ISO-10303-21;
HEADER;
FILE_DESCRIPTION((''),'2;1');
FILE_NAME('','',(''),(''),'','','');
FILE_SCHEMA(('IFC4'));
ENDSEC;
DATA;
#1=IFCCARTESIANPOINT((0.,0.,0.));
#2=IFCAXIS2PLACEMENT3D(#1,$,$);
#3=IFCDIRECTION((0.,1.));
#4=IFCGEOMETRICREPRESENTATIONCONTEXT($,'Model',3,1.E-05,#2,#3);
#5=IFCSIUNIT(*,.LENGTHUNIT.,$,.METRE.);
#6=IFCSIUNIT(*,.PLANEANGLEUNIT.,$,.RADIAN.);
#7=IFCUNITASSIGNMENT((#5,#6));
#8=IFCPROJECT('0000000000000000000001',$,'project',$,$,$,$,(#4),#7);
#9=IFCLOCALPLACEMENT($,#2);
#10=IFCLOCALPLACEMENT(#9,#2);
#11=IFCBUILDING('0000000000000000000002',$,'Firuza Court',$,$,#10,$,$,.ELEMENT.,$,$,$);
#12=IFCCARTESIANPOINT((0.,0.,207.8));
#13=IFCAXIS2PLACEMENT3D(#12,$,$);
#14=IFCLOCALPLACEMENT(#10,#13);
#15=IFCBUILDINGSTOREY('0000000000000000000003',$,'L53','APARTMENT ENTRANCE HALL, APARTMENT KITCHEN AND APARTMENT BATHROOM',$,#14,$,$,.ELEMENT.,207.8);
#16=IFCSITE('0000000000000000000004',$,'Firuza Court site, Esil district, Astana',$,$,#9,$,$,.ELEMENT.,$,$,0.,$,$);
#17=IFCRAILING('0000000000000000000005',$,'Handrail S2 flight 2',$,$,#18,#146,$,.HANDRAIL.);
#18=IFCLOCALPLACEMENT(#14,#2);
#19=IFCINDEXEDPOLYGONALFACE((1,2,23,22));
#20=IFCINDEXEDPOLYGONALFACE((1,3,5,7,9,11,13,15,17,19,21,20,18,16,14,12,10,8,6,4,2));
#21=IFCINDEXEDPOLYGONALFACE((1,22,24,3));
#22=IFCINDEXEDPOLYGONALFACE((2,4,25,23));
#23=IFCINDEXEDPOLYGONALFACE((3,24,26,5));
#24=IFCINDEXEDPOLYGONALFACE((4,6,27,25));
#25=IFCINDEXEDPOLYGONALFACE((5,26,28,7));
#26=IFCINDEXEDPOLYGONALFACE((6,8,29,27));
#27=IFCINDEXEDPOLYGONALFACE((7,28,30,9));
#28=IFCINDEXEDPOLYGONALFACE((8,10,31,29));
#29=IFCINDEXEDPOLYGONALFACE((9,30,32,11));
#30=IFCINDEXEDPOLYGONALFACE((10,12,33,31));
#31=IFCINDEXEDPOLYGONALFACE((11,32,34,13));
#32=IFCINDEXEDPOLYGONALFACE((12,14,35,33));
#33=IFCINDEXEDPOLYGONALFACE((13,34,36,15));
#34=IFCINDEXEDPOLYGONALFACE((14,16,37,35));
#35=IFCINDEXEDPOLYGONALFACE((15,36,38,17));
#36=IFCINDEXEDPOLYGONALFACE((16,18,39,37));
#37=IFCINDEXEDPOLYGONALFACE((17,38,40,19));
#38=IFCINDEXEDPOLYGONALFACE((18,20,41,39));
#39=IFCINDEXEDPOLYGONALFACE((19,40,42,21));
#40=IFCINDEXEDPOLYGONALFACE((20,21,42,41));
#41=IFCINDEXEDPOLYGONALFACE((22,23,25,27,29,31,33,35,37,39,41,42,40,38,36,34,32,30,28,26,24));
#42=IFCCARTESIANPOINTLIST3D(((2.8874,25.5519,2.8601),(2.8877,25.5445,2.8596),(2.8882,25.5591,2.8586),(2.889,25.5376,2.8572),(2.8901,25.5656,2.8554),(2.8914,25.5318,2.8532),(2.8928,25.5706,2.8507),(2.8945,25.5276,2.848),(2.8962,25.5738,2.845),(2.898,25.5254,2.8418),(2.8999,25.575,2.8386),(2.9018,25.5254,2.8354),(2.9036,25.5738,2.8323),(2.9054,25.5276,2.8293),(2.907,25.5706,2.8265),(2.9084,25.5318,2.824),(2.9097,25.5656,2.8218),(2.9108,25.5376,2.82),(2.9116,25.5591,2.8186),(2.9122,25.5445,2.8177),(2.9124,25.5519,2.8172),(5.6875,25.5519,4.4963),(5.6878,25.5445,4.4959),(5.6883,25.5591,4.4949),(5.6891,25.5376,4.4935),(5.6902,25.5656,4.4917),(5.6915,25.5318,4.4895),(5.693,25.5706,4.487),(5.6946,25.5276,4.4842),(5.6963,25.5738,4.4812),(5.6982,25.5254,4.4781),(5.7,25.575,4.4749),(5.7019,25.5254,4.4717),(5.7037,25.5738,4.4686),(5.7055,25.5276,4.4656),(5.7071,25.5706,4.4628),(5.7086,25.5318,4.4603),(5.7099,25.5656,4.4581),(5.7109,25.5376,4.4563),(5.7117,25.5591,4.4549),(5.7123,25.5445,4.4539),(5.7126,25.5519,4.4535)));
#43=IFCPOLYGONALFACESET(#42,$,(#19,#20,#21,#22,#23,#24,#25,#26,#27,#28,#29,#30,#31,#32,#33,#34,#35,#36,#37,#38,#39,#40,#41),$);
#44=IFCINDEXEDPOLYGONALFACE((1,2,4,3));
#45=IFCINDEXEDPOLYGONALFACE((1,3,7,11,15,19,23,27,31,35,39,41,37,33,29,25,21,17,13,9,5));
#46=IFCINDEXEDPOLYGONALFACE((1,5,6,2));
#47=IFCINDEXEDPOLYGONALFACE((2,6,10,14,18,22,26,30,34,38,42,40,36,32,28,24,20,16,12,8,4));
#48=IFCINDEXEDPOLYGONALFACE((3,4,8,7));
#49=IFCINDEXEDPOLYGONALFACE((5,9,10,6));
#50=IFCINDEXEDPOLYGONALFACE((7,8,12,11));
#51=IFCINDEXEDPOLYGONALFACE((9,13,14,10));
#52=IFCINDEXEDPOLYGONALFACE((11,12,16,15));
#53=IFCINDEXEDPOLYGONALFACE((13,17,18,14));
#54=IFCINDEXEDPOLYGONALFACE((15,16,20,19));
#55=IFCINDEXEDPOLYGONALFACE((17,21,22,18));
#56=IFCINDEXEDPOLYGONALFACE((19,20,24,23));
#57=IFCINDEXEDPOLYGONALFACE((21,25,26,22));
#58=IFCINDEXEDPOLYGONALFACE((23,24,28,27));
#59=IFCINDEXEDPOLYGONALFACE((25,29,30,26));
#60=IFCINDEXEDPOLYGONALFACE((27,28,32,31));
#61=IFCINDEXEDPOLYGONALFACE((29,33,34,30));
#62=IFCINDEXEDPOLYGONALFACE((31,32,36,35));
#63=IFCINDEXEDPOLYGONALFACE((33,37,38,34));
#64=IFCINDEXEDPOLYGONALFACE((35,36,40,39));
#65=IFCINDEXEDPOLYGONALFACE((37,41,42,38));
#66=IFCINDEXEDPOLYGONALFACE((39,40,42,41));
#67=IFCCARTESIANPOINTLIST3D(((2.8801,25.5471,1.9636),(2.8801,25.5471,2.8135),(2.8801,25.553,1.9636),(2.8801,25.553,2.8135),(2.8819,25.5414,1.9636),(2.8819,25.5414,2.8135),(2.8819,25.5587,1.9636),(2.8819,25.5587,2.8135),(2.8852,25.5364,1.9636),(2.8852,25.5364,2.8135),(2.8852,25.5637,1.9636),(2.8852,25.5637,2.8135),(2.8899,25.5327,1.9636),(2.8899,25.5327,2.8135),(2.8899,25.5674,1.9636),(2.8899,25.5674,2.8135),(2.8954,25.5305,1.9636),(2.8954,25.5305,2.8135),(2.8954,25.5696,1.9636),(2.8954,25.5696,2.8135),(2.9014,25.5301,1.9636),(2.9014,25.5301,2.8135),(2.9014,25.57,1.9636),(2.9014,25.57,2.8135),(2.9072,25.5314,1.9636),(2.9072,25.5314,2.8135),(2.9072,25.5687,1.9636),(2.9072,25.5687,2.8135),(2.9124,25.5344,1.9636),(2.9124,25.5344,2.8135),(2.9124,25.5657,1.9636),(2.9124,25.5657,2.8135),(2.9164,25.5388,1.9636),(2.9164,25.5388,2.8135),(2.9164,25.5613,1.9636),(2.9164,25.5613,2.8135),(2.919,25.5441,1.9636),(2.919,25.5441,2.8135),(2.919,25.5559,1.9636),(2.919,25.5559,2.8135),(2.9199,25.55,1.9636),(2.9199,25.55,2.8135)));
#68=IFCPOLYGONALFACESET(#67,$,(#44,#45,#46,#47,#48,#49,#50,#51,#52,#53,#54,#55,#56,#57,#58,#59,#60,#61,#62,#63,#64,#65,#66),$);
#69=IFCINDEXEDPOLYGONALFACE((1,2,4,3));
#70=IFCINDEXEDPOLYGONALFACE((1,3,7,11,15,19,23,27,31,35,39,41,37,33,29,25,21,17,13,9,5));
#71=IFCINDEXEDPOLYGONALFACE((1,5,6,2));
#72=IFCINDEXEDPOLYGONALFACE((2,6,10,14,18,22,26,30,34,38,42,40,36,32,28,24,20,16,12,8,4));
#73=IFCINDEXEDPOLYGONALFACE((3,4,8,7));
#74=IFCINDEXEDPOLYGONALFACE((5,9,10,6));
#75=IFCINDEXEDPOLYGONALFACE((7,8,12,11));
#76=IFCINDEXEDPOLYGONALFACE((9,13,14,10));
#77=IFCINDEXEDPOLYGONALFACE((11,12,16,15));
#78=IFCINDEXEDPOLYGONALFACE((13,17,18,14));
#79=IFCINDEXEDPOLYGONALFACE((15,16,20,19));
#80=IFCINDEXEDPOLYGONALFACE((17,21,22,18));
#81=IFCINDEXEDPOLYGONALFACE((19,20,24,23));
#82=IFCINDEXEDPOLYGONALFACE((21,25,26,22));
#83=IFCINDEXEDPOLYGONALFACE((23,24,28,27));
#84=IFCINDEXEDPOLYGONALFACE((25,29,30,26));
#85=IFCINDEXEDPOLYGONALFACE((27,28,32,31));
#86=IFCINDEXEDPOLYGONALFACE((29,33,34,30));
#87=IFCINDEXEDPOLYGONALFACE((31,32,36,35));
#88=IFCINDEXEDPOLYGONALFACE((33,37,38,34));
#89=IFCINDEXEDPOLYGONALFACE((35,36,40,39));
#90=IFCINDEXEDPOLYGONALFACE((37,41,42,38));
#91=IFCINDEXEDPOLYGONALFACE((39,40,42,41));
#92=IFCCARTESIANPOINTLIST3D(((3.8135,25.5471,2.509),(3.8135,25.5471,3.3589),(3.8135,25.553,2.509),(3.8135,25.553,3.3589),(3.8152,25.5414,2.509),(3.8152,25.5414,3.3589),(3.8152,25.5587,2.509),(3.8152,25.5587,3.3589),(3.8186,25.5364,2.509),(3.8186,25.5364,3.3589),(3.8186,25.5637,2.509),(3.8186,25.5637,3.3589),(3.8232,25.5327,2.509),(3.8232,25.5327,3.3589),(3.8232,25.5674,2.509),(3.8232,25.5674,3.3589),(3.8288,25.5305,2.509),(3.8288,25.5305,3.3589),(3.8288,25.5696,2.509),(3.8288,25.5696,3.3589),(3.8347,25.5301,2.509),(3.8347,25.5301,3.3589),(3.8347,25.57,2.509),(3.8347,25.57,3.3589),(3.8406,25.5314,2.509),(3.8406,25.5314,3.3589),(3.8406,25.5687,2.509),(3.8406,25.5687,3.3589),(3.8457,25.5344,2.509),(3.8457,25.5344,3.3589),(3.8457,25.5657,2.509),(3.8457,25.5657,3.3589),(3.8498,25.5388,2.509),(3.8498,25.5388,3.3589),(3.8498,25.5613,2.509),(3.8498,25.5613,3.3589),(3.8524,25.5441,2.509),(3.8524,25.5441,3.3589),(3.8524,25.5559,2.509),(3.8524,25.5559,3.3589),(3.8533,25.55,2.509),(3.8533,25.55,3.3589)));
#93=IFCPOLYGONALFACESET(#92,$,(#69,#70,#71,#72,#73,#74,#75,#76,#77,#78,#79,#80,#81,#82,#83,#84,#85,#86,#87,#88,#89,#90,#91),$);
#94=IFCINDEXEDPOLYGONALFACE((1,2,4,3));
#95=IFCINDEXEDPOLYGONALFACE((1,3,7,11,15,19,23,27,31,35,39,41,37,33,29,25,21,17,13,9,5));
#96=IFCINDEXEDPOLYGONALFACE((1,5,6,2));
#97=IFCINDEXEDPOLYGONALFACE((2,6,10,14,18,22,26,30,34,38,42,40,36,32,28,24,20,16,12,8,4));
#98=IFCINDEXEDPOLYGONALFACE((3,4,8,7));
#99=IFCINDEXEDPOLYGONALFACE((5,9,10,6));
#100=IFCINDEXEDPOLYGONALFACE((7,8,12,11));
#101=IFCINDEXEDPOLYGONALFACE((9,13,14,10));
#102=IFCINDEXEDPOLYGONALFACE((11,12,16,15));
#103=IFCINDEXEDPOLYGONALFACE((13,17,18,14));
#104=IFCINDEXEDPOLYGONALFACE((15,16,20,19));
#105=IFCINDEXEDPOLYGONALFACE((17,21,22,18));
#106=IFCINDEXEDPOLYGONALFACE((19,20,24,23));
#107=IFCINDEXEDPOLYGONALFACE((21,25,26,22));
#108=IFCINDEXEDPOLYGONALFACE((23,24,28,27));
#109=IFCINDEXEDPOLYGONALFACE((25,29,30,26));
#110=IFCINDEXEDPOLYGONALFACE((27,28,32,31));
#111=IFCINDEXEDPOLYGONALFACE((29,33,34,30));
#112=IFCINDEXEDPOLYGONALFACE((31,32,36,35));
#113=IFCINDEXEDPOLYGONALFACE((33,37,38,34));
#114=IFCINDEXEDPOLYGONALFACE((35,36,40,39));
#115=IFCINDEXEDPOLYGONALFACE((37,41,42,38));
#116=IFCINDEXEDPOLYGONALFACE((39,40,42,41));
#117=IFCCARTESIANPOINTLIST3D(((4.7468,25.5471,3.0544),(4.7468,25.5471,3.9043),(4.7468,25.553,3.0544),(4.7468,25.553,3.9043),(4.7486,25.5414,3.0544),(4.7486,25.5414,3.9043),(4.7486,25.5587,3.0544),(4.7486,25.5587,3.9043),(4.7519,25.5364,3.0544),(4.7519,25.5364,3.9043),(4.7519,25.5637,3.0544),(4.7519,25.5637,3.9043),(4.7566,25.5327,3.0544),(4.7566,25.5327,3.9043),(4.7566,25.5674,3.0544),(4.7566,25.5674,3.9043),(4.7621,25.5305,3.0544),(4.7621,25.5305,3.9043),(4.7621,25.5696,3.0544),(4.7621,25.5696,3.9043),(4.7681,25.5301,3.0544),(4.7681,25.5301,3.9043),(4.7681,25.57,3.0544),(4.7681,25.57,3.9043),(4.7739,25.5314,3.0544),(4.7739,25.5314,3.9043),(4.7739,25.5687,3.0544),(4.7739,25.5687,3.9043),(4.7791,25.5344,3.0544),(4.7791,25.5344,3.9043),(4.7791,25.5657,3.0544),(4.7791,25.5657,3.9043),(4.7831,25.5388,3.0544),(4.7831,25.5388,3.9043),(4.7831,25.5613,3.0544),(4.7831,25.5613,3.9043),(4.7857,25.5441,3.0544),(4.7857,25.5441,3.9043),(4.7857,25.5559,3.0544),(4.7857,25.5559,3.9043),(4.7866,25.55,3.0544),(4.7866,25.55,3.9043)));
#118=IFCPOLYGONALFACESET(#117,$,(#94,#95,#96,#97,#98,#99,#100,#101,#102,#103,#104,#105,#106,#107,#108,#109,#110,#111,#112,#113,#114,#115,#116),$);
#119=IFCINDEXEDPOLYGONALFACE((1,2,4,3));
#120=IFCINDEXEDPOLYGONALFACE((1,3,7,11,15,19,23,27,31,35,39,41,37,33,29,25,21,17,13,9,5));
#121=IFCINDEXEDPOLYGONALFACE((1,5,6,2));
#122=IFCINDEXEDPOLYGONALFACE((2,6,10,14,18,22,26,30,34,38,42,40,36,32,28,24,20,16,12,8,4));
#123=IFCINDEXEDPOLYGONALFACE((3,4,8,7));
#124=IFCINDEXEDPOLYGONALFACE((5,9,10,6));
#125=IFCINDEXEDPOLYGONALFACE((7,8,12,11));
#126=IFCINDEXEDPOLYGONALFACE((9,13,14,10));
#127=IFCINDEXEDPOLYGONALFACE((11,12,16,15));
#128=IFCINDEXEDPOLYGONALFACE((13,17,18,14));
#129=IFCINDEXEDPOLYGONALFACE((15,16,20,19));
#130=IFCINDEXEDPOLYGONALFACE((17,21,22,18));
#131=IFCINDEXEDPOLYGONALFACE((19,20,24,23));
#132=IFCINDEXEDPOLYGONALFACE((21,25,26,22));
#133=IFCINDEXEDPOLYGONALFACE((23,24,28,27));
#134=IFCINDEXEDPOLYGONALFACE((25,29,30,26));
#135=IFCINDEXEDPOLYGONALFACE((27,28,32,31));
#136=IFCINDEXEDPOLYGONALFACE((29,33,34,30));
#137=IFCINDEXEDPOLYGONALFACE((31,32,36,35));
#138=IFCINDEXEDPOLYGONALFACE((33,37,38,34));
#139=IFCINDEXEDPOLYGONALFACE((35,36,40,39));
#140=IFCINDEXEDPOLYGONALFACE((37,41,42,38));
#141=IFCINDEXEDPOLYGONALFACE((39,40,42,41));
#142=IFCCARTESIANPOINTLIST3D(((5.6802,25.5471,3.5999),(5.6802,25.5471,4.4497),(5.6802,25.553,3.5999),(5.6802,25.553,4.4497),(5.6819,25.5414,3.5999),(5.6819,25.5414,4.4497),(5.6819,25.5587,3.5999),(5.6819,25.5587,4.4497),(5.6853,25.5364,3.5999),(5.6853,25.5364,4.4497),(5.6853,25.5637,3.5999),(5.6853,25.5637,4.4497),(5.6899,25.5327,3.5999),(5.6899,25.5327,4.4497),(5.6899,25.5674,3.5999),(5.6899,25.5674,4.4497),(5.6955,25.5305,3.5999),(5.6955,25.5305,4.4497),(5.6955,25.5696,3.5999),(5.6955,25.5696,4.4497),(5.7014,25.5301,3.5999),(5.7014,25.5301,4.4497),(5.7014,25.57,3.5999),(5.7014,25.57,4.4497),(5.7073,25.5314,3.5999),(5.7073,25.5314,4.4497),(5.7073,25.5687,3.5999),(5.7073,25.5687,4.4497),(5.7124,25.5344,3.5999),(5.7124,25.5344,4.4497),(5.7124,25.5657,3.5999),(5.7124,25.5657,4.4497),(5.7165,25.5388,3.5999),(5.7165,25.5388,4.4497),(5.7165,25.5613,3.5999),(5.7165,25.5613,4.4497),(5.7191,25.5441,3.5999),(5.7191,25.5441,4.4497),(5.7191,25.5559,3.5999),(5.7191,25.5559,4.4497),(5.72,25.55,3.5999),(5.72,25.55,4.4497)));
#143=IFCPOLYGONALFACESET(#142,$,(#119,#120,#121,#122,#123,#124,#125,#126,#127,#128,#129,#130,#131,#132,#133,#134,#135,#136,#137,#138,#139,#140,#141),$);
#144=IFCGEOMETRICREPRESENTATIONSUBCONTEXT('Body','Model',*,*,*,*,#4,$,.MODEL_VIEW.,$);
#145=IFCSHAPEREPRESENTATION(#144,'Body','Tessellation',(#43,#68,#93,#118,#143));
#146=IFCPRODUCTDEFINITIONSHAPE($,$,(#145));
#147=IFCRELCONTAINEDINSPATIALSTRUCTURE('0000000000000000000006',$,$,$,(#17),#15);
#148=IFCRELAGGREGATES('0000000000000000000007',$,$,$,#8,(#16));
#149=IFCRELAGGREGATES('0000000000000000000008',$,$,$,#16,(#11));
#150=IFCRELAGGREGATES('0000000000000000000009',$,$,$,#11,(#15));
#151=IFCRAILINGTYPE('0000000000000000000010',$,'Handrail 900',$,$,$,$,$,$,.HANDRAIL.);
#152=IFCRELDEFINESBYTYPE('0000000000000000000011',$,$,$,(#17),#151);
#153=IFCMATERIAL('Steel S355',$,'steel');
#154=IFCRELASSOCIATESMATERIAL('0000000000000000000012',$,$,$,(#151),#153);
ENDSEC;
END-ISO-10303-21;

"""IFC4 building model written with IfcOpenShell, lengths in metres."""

from ifc_helpers import new_model, si_unit, direction, frame, origin, origin_2d, place, context, subcontext, project, spatial, circle, extrude, material, type_object, element, save


model = new_model("IFC4")

# Units and contexts
model_context = context("Model", 3, precision=1e-05, world=origin(), true_north=direction((0.0, 1.0)))
body_context = subcontext(model_context, "Body", "Model", "MODEL_VIEW")
ifc_project = project(units=[si_unit("LENGTHUNIT", "METRE"), si_unit("PLANEANGLEUNIT", "RADIAN")], contexts=[model_context])

# Site, building, storey
site_placement = place(None, origin())
site = spatial("IfcSite", under=ifc_project, at=site_placement, Name="Firuza Court site, Esil district, Astana", CompositionType="ELEMENT", RefElevation=0.0)
building_placement = place(site_placement, origin())
building = spatial("IfcBuilding", under=site, at=building_placement, Name="Firuza Court", CompositionType="ELEMENT")
storey_placement = place(building_placement, frame((0.0, 0.0, 207.8)))
storey = spatial("IfcBuildingStorey", under=building, at=storey_placement, Name="L53", Description="APARTMENT ENTRANCE HALL, APARTMENT KITCHEN AND APARTMENT BATHROOM", CompositionType="ELEMENT", Elevation=207.8)

# Railing
ifc_material_1 = material(Name="Steel S355", Category="steel")
railing_type_1 = type_object("IfcRailingType", Name="Handrail 900", PredefinedType="HANDRAIL", material=ifc_material_1)
railing_1_placement = place(storey_placement, frame((2.8999, 25.55, 1.9636)))
element("IfcRailing", 1, at=railing_1_placement, inside=storey, type_object=railing_type_1, Name="Handrail S2 flight 2", PredefinedType="HANDRAIL", context=body_context, shape_type="SweptSolid", body=[
    extrude(circle(Radius=0.0249, at=origin_2d()), frame((0.0, 0.0, 0.875), z_axis=(0.863394, 0.0, 0.504531), x_axis=(0.0, 1.0, 0.0)), (0.0, 0.0, 1.0), 3.2432),
    extrude(circle(Radius=0.02, at=origin_2d()), origin(), (0.0, 0.0, 1.0), 0.8499),
    extrude(circle(Radius=0.02, at=origin_2d()), frame((0.9333, 0.0, 0.5454)), (0.0, 0.0, 1.0), 0.8499),
    extrude(circle(Radius=0.02, at=origin_2d()), frame((1.8667, 0.0, 1.0908)), (0.0, 0.0, 1.0), 0.8499),
    extrude(circle(Radius=0.02, at=origin_2d()), frame((2.8, 0.0, 1.6362)), (0.0, 0.0, 1.0), 0.8499),
])

save(model, "model.ifc")
